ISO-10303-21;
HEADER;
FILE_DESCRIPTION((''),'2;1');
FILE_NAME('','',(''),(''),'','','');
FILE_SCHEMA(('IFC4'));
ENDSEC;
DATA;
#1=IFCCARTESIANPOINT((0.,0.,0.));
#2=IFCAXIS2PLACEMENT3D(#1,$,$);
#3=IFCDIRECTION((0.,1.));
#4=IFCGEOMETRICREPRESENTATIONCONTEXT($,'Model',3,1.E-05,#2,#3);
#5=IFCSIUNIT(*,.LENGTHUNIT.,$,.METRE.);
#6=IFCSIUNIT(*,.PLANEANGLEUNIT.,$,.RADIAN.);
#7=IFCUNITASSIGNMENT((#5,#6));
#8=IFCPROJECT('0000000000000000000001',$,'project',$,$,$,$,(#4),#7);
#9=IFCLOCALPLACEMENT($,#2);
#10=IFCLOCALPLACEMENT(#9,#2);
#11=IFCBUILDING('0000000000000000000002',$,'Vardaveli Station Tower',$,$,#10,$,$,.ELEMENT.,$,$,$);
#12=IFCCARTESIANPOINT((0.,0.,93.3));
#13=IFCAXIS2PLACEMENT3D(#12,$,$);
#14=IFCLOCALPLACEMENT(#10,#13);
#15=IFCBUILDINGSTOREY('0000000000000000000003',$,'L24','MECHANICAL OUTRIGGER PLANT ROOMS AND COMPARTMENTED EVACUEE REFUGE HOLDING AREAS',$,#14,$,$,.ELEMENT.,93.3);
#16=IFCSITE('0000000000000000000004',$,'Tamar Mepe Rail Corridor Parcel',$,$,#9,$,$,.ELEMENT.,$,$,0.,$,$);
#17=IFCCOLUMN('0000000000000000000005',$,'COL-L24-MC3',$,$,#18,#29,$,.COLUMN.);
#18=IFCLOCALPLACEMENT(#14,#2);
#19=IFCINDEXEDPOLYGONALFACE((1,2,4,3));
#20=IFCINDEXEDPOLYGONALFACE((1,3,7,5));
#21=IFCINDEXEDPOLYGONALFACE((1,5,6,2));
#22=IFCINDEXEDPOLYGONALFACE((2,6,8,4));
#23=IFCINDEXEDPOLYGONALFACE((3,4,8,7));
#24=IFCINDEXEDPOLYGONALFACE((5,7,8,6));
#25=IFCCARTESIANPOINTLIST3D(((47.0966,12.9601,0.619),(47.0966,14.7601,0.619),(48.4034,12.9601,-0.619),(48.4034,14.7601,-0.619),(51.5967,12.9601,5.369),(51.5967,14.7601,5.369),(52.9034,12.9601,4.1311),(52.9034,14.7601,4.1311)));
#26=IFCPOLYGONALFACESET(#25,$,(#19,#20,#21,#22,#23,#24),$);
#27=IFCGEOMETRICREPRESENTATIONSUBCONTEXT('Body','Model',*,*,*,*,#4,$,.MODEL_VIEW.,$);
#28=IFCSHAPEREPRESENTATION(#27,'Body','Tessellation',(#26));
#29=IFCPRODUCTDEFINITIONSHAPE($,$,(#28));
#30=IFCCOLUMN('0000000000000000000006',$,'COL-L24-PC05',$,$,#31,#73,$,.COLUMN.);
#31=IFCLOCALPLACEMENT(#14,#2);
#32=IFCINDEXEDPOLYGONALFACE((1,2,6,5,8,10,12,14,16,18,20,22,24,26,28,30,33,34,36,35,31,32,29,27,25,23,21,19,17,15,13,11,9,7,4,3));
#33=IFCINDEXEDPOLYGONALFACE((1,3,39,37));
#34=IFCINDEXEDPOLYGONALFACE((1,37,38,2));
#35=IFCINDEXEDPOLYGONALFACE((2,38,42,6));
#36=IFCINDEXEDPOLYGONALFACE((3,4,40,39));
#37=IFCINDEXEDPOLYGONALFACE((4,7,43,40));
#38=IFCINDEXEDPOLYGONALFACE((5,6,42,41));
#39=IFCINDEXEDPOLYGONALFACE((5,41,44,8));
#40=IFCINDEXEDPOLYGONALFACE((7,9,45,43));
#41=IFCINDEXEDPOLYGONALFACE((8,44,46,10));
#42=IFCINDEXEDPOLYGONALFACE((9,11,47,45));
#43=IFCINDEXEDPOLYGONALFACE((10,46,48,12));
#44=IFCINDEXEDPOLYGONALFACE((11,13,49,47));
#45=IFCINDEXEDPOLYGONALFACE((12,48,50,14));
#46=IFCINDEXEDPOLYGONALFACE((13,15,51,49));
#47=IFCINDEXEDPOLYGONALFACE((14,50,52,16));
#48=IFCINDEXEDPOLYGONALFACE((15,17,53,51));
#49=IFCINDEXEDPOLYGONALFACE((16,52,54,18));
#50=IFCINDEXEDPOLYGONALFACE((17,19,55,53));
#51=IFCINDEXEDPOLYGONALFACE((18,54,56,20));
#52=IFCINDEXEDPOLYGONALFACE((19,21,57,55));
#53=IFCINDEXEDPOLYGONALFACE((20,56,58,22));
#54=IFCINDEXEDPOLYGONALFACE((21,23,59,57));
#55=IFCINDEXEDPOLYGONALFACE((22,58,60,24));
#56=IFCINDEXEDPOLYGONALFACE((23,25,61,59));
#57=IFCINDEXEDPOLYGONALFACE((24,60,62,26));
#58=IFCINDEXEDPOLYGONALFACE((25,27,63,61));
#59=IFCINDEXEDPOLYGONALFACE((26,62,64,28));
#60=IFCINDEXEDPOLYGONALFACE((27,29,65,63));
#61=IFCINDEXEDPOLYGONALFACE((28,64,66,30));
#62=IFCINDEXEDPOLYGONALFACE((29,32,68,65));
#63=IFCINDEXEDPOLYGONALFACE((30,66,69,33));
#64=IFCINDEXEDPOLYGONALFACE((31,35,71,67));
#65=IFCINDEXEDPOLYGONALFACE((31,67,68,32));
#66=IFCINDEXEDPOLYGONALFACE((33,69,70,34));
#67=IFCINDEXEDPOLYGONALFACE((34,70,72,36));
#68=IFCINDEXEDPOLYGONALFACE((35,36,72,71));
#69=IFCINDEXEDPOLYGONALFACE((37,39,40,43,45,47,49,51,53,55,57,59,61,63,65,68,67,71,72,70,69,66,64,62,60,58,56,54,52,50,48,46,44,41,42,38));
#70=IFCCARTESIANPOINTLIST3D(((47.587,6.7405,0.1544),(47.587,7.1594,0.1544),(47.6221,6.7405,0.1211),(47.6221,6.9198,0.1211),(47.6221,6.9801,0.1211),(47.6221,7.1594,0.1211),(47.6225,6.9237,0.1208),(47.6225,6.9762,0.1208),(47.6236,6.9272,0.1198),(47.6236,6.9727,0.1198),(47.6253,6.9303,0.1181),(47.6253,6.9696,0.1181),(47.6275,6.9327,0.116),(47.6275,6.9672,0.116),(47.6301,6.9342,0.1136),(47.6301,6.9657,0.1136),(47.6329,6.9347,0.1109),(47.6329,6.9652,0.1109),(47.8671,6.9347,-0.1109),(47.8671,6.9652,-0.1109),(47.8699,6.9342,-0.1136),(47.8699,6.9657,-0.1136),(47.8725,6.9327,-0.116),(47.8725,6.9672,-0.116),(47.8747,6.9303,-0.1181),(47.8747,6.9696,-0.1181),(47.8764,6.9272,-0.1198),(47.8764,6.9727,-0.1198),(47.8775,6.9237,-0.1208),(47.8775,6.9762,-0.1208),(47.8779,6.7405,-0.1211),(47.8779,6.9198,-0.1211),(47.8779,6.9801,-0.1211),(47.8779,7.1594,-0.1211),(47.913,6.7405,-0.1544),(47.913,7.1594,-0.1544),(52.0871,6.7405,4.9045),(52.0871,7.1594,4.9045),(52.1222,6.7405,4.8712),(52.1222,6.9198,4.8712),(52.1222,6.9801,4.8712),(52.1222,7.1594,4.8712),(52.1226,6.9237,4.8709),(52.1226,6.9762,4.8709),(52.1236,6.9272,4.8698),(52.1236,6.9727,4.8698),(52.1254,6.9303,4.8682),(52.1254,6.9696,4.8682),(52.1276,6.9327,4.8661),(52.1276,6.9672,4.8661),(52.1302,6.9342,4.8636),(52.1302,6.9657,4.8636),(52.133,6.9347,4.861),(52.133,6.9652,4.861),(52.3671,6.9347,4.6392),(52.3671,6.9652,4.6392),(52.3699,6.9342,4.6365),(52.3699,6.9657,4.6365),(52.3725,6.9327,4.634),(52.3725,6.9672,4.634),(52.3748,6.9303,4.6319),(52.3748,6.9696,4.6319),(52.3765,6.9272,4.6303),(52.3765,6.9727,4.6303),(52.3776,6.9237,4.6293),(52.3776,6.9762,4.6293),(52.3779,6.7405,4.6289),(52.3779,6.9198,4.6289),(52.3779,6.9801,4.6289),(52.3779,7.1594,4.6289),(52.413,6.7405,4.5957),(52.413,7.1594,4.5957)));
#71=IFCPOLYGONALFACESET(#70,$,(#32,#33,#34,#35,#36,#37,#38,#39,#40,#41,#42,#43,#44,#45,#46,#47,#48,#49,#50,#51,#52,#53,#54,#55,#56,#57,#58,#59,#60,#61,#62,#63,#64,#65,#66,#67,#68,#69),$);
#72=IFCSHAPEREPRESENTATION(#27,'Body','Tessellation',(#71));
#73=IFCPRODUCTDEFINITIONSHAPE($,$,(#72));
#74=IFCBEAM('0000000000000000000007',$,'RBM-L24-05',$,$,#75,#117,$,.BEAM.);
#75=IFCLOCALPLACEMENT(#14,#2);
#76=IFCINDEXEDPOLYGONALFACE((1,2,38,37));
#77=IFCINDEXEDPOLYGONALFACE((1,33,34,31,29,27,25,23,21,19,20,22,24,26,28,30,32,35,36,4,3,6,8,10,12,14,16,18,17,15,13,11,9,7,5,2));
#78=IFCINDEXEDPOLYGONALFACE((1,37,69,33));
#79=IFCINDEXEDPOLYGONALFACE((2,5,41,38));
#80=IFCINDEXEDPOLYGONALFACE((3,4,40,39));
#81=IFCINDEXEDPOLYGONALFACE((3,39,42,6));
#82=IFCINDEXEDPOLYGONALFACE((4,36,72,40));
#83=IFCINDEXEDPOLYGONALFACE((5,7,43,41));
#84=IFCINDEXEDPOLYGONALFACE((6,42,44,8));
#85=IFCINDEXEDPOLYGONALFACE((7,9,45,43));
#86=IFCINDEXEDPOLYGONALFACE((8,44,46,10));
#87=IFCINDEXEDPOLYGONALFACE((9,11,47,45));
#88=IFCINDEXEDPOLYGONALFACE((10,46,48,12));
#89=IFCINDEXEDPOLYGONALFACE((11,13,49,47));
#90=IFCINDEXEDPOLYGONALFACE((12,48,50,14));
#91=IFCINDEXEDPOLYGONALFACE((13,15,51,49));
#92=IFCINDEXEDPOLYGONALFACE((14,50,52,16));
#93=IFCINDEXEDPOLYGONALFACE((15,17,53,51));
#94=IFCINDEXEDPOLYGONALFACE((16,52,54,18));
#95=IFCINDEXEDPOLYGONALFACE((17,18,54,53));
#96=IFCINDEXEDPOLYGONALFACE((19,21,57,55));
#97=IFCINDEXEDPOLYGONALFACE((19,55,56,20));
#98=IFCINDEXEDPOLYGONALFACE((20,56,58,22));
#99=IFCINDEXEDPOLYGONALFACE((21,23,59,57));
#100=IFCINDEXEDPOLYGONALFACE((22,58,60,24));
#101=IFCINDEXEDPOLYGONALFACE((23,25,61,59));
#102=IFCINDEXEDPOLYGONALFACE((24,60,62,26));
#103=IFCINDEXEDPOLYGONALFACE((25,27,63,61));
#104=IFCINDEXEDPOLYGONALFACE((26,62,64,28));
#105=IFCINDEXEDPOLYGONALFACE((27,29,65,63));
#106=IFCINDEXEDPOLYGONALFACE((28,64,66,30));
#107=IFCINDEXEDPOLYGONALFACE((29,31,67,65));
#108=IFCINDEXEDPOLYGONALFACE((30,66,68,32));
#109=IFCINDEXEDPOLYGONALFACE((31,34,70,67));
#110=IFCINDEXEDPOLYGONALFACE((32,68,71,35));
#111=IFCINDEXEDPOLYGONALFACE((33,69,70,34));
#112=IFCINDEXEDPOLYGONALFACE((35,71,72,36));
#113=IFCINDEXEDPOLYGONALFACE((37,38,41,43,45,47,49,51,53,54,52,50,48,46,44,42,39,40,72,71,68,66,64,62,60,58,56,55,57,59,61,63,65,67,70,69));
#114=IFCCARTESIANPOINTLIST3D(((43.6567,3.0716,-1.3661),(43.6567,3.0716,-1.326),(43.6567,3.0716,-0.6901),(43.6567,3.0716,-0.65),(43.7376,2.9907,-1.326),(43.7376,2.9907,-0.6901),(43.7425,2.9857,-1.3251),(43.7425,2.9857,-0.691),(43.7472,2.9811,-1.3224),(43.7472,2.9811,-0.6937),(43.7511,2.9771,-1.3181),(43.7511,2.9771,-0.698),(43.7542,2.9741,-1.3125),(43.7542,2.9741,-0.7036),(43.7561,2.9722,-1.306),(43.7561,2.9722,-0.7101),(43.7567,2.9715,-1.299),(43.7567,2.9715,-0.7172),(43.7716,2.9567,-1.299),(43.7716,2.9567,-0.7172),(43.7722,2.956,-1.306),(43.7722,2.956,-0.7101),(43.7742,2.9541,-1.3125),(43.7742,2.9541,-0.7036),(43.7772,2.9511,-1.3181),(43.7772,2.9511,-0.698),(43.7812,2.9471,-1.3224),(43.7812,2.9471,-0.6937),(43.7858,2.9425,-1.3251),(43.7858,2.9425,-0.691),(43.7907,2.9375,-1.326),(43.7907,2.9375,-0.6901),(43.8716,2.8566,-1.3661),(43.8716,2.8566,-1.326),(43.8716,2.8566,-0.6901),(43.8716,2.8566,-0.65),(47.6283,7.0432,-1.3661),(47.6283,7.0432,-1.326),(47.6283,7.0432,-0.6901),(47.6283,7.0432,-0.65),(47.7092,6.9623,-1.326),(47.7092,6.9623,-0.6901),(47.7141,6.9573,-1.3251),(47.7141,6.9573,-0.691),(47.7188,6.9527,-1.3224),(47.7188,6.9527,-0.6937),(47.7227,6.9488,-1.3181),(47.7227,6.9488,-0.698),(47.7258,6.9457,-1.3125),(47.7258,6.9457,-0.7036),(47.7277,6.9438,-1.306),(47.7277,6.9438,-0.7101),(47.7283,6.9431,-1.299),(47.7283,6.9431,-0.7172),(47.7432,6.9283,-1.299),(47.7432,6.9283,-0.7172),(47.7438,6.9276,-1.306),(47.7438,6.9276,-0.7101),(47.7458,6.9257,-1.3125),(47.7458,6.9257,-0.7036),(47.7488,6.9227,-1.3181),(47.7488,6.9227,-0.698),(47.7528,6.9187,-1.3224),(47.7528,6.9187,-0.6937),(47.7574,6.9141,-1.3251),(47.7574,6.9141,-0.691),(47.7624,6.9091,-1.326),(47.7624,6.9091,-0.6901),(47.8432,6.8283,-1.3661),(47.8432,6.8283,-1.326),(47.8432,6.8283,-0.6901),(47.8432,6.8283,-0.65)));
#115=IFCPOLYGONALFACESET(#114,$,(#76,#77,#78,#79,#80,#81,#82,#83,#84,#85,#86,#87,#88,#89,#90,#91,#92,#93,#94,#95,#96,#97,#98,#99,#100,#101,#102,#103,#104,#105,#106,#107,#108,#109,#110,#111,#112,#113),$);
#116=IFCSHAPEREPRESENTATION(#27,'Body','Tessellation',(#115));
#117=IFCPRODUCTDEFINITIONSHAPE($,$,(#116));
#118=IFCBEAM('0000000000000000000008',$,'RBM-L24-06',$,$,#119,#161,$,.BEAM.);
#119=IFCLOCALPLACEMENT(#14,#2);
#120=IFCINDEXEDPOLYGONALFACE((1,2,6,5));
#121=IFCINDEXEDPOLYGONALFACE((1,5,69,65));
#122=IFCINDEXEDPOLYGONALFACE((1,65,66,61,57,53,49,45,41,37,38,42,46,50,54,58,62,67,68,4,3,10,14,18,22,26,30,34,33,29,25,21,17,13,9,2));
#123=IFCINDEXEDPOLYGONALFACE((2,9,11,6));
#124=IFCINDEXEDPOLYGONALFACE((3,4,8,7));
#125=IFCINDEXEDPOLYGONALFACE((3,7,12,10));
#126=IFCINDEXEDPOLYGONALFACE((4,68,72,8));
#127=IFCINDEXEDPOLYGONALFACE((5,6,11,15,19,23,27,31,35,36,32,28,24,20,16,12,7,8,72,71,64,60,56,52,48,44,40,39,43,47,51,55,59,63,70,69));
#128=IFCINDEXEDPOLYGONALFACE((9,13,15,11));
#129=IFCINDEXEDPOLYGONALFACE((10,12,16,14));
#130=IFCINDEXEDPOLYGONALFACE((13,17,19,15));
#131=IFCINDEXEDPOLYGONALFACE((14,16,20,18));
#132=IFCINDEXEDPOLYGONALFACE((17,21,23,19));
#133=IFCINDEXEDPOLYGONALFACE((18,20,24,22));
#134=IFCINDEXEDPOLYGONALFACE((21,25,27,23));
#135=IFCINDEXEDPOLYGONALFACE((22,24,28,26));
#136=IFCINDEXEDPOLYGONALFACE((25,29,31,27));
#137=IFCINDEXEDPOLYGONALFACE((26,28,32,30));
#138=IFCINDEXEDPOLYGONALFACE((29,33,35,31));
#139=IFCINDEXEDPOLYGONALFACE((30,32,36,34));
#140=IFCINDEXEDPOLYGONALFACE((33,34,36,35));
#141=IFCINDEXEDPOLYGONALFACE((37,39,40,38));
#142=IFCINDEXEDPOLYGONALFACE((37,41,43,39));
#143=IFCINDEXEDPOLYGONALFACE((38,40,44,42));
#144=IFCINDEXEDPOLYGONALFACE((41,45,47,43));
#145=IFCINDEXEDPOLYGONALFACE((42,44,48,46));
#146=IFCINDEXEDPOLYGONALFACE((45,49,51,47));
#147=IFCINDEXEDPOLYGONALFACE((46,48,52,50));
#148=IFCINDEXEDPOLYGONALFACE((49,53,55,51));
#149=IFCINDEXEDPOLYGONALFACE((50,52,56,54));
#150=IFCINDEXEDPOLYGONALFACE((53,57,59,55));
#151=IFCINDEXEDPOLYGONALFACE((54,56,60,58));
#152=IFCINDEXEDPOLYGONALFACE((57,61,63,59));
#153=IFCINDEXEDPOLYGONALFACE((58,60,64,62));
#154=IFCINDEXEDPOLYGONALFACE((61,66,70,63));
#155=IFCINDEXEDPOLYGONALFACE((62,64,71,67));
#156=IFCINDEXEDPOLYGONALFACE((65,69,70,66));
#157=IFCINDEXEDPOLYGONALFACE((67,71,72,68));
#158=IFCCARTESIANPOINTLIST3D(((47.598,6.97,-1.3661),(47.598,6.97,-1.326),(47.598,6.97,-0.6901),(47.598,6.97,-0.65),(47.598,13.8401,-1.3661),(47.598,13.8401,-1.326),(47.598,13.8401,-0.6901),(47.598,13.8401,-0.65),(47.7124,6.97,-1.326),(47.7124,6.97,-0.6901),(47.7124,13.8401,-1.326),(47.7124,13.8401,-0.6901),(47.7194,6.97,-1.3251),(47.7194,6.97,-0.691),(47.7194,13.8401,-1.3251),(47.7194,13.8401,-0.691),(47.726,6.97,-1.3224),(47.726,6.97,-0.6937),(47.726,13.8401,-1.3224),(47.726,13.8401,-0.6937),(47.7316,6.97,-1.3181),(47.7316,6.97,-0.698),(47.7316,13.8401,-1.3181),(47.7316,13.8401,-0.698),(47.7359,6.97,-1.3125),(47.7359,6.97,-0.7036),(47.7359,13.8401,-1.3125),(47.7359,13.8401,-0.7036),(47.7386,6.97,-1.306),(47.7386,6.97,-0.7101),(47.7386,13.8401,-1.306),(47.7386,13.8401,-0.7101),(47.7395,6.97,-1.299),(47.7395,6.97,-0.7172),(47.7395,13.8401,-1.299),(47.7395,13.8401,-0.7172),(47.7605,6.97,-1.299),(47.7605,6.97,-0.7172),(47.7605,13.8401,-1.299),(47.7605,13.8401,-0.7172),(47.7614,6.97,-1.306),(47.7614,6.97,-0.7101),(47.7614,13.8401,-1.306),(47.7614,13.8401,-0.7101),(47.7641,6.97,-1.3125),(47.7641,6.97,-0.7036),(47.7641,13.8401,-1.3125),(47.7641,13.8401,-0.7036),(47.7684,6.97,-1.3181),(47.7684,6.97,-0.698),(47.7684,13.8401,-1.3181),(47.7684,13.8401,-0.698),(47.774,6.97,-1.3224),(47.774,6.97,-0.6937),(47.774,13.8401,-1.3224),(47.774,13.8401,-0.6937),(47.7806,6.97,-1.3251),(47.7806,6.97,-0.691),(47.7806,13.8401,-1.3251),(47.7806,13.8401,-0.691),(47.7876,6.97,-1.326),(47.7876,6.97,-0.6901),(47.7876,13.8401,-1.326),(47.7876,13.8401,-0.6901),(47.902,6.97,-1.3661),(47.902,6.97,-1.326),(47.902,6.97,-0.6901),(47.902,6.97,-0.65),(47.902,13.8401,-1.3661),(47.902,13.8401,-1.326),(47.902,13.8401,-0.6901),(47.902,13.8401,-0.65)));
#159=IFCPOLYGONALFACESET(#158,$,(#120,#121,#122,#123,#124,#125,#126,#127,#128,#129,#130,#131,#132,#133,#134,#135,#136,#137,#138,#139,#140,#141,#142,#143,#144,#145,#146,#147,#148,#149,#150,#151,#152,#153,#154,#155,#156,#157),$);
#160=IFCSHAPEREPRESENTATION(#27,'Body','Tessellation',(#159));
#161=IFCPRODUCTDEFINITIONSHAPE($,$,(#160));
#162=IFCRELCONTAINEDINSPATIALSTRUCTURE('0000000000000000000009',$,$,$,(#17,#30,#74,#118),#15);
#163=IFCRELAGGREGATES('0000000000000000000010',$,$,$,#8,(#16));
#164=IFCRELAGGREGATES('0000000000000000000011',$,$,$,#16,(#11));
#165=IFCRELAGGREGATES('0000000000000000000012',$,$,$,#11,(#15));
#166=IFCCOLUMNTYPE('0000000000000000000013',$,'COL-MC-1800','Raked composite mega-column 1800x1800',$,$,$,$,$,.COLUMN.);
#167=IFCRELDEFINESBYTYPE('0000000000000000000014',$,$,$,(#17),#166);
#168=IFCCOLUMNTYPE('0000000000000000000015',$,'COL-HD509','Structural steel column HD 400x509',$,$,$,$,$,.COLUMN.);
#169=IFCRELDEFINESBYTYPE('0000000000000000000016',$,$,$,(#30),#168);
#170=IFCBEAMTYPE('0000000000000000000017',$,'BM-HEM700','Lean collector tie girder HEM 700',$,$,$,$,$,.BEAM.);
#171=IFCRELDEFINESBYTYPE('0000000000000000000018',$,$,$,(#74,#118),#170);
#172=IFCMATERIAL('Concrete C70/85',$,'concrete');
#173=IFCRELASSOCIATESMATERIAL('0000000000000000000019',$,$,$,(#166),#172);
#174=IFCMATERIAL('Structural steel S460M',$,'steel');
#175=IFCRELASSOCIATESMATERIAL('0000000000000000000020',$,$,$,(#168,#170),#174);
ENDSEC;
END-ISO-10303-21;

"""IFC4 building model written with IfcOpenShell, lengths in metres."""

from ifc_helpers import new_model, si_unit, direction, frame, origin, origin_2d, place, context, subcontext, project, spatial, rectangle, i_section, extrude, source, transform, mapped, material, material_profile, profile_set, type_object, element, save


model = new_model("IFC4")

# Units and contexts
model_context = context("Model", 3, precision=1e-05, world=origin(), true_north=direction((0.0, 1.0)))
body_context = subcontext(model_context, "Body", "Model", "MODEL_VIEW")
ifc_project = project(units=[si_unit("LENGTHUNIT", "METRE"), si_unit("PLANEANGLEUNIT", "RADIAN")], contexts=[model_context])

# Site, building, storey
site_placement = place(None, origin())
site = spatial("IfcSite", under=ifc_project, at=site_placement, Name="Tamar Mepe Rail Corridor Parcel", CompositionType="ELEMENT", RefElevation=0.0)
building_placement = place(site_placement, origin())
building = spatial("IfcBuilding", under=site, at=building_placement, Name="Vardaveli Station Tower", CompositionType="ELEMENT")
storey_placement = place(building_placement, frame((0.0, 0.0, 93.3)))
storey = spatial("IfcBuildingStorey", under=building, at=storey_placement, Name="L24", Description="MECHANICAL OUTRIGGER PLANT ROOMS AND COMPARTMENTED EVACUEE REFUGE HOLDING AREAS", CompositionType="ELEMENT", Elevation=93.3)

# Columns
ifc_material_1 = material(Name="Concrete C70/85", Category="concrete")
ifc_material_profile_1 = material_profile(ifc_material_1, rectangle(XDim=1.8, YDim=1.8, at=origin_2d()), Name="MC 1800x1800")
ifc_profile_set_1 = profile_set([ifc_material_profile_1], Name="Concrete C70/85")
column_type_1 = type_object("IfcColumnType", Name="COL-MC-1800", Description="Raked composite mega-column 1800x1800", PredefinedType="COLUMN", material=ifc_profile_set_1)
shared_shape_1 = source(origin(), body_context, "Body", "SweptSolid", [
    extrude(rectangle(XDim=1.8, YDim=1.8, at=origin_2d()), origin(), (0.0, 0.0, 1.0), 6.5432),
])
column_1_placement = place(storey_placement, frame((47.75, 13.8601, 0.0), z_axis=(0.687745, 0.0, 0.725953), x_axis=(0.0, 1.0, 0.0)))
element("IfcColumn", 1, at=column_1_placement, inside=storey, type_object=column_type_1, Name="COL-L24-MC3", PredefinedType="COLUMN", context=body_context, shape_type="MappedRepresentation", body=[
    mapped(shared_shape_1, transform((0.0, 0.0, 0.0), scale=1.0)),
])
ifc_material_2 = material(Name="Structural steel S460M", Category="steel")
ifc_material_profile_2 = material_profile(ifc_material_2, i_section(OverallWidth=0.4189, OverallDepth=0.449, WebThickness=0.0305, FlangeThickness=0.0483, FilletRadius=0.0149, at=origin_2d()), Name="HD 400x509")
ifc_profile_set_2 = profile_set([ifc_material_profile_2], Name="Structural steel S460M")
column_type_2 = type_object("IfcColumnType", Name="COL-HD509", Description="Structural steel column HD 400x509", PredefinedType="COLUMN", material=ifc_profile_set_2)
shared_shape_2 = source(origin(), body_context, "Body", "SweptSolid", [
    extrude(i_section(OverallWidth=0.4189, OverallDepth=0.449, WebThickness=0.0305, FlangeThickness=0.0483, FilletRadius=0.0149, at=origin_2d()), origin(), (0.0, 0.0, 1.0), 6.5432),
])
column_2_placement = place(storey_placement, frame((47.75, 6.95, 0.0), z_axis=(0.687745, 0.0, 0.725953), x_axis=(0.0, 1.0, 0.0)))
element("IfcColumn", 2, at=column_2_placement, inside=storey, type_object=column_type_2, Name="COL-L24-PC05", PredefinedType="COLUMN", context=body_context, shape_type="MappedRepresentation", body=[
    mapped(shared_shape_2, transform((0.0, 0.0, 0.0), scale=1.0)),
])

# Beams
ifc_material_profile_3 = material_profile(ifc_material_2, i_section(OverallWidth=0.304, OverallDepth=0.7161, WebThickness=0.021, FlangeThickness=0.04, FilletRadius=0.0271, at=origin_2d()), Name="HEM 700")
ifc_profile_set_3 = profile_set([ifc_material_profile_3], Name="Structural steel S460M")
beam_type = type_object("IfcBeamType", Name="BM-HEM700", Description="Lean collector tie girder HEM 700", PredefinedType="BEAM", material=ifc_profile_set_3)
shared_shape_3 = source(origin(), body_context, "Body", "SweptSolid", [
    extrude(i_section(OverallWidth=0.304, OverallDepth=0.7161, WebThickness=0.021, FlangeThickness=0.04, FilletRadius=0.0271, at=origin_2d()), origin(), (0.0, 0.0, 1.0), 5.6167),
])
beam_1_placement = place(storey_placement, frame((43.7642, 2.9641, -1.0081), z_axis=(0.707107, 0.707107, 0.0), x_axis=(-0.707107, 0.707107, 0.0)))
element("IfcBeam", 3, at=beam_1_placement, inside=storey, type_object=beam_type, Name="RBM-L24-05", PredefinedType="BEAM", context=body_context, shape_type="MappedRepresentation", body=[
    mapped(shared_shape_3, transform((0.0, 0.0, 0.0), scale=1.0)),
])
shared_shape_4 = source(origin(), body_context, "Body", "SweptSolid", [
    extrude(i_section(OverallWidth=0.304, OverallDepth=0.7161, WebThickness=0.021, FlangeThickness=0.04, FilletRadius=0.0271, at=origin_2d()), origin(), (0.0, 0.0, 1.0), 6.8701),
])
beam_2_placement = place(storey_placement, frame((47.75, 6.97, -1.0081), z_axis=(0.0, 1.0, 0.0), x_axis=(-1.0, 0.0, 0.0)))
element("IfcBeam", 4, at=beam_2_placement, inside=storey, type_object=beam_type, Name="RBM-L24-06", PredefinedType="BEAM", context=body_context, shape_type="MappedRepresentation", body=[
    mapped(shared_shape_4, transform((0.0, 0.0, 0.0), scale=1.0)),
])

save(model, "model.ifc")
